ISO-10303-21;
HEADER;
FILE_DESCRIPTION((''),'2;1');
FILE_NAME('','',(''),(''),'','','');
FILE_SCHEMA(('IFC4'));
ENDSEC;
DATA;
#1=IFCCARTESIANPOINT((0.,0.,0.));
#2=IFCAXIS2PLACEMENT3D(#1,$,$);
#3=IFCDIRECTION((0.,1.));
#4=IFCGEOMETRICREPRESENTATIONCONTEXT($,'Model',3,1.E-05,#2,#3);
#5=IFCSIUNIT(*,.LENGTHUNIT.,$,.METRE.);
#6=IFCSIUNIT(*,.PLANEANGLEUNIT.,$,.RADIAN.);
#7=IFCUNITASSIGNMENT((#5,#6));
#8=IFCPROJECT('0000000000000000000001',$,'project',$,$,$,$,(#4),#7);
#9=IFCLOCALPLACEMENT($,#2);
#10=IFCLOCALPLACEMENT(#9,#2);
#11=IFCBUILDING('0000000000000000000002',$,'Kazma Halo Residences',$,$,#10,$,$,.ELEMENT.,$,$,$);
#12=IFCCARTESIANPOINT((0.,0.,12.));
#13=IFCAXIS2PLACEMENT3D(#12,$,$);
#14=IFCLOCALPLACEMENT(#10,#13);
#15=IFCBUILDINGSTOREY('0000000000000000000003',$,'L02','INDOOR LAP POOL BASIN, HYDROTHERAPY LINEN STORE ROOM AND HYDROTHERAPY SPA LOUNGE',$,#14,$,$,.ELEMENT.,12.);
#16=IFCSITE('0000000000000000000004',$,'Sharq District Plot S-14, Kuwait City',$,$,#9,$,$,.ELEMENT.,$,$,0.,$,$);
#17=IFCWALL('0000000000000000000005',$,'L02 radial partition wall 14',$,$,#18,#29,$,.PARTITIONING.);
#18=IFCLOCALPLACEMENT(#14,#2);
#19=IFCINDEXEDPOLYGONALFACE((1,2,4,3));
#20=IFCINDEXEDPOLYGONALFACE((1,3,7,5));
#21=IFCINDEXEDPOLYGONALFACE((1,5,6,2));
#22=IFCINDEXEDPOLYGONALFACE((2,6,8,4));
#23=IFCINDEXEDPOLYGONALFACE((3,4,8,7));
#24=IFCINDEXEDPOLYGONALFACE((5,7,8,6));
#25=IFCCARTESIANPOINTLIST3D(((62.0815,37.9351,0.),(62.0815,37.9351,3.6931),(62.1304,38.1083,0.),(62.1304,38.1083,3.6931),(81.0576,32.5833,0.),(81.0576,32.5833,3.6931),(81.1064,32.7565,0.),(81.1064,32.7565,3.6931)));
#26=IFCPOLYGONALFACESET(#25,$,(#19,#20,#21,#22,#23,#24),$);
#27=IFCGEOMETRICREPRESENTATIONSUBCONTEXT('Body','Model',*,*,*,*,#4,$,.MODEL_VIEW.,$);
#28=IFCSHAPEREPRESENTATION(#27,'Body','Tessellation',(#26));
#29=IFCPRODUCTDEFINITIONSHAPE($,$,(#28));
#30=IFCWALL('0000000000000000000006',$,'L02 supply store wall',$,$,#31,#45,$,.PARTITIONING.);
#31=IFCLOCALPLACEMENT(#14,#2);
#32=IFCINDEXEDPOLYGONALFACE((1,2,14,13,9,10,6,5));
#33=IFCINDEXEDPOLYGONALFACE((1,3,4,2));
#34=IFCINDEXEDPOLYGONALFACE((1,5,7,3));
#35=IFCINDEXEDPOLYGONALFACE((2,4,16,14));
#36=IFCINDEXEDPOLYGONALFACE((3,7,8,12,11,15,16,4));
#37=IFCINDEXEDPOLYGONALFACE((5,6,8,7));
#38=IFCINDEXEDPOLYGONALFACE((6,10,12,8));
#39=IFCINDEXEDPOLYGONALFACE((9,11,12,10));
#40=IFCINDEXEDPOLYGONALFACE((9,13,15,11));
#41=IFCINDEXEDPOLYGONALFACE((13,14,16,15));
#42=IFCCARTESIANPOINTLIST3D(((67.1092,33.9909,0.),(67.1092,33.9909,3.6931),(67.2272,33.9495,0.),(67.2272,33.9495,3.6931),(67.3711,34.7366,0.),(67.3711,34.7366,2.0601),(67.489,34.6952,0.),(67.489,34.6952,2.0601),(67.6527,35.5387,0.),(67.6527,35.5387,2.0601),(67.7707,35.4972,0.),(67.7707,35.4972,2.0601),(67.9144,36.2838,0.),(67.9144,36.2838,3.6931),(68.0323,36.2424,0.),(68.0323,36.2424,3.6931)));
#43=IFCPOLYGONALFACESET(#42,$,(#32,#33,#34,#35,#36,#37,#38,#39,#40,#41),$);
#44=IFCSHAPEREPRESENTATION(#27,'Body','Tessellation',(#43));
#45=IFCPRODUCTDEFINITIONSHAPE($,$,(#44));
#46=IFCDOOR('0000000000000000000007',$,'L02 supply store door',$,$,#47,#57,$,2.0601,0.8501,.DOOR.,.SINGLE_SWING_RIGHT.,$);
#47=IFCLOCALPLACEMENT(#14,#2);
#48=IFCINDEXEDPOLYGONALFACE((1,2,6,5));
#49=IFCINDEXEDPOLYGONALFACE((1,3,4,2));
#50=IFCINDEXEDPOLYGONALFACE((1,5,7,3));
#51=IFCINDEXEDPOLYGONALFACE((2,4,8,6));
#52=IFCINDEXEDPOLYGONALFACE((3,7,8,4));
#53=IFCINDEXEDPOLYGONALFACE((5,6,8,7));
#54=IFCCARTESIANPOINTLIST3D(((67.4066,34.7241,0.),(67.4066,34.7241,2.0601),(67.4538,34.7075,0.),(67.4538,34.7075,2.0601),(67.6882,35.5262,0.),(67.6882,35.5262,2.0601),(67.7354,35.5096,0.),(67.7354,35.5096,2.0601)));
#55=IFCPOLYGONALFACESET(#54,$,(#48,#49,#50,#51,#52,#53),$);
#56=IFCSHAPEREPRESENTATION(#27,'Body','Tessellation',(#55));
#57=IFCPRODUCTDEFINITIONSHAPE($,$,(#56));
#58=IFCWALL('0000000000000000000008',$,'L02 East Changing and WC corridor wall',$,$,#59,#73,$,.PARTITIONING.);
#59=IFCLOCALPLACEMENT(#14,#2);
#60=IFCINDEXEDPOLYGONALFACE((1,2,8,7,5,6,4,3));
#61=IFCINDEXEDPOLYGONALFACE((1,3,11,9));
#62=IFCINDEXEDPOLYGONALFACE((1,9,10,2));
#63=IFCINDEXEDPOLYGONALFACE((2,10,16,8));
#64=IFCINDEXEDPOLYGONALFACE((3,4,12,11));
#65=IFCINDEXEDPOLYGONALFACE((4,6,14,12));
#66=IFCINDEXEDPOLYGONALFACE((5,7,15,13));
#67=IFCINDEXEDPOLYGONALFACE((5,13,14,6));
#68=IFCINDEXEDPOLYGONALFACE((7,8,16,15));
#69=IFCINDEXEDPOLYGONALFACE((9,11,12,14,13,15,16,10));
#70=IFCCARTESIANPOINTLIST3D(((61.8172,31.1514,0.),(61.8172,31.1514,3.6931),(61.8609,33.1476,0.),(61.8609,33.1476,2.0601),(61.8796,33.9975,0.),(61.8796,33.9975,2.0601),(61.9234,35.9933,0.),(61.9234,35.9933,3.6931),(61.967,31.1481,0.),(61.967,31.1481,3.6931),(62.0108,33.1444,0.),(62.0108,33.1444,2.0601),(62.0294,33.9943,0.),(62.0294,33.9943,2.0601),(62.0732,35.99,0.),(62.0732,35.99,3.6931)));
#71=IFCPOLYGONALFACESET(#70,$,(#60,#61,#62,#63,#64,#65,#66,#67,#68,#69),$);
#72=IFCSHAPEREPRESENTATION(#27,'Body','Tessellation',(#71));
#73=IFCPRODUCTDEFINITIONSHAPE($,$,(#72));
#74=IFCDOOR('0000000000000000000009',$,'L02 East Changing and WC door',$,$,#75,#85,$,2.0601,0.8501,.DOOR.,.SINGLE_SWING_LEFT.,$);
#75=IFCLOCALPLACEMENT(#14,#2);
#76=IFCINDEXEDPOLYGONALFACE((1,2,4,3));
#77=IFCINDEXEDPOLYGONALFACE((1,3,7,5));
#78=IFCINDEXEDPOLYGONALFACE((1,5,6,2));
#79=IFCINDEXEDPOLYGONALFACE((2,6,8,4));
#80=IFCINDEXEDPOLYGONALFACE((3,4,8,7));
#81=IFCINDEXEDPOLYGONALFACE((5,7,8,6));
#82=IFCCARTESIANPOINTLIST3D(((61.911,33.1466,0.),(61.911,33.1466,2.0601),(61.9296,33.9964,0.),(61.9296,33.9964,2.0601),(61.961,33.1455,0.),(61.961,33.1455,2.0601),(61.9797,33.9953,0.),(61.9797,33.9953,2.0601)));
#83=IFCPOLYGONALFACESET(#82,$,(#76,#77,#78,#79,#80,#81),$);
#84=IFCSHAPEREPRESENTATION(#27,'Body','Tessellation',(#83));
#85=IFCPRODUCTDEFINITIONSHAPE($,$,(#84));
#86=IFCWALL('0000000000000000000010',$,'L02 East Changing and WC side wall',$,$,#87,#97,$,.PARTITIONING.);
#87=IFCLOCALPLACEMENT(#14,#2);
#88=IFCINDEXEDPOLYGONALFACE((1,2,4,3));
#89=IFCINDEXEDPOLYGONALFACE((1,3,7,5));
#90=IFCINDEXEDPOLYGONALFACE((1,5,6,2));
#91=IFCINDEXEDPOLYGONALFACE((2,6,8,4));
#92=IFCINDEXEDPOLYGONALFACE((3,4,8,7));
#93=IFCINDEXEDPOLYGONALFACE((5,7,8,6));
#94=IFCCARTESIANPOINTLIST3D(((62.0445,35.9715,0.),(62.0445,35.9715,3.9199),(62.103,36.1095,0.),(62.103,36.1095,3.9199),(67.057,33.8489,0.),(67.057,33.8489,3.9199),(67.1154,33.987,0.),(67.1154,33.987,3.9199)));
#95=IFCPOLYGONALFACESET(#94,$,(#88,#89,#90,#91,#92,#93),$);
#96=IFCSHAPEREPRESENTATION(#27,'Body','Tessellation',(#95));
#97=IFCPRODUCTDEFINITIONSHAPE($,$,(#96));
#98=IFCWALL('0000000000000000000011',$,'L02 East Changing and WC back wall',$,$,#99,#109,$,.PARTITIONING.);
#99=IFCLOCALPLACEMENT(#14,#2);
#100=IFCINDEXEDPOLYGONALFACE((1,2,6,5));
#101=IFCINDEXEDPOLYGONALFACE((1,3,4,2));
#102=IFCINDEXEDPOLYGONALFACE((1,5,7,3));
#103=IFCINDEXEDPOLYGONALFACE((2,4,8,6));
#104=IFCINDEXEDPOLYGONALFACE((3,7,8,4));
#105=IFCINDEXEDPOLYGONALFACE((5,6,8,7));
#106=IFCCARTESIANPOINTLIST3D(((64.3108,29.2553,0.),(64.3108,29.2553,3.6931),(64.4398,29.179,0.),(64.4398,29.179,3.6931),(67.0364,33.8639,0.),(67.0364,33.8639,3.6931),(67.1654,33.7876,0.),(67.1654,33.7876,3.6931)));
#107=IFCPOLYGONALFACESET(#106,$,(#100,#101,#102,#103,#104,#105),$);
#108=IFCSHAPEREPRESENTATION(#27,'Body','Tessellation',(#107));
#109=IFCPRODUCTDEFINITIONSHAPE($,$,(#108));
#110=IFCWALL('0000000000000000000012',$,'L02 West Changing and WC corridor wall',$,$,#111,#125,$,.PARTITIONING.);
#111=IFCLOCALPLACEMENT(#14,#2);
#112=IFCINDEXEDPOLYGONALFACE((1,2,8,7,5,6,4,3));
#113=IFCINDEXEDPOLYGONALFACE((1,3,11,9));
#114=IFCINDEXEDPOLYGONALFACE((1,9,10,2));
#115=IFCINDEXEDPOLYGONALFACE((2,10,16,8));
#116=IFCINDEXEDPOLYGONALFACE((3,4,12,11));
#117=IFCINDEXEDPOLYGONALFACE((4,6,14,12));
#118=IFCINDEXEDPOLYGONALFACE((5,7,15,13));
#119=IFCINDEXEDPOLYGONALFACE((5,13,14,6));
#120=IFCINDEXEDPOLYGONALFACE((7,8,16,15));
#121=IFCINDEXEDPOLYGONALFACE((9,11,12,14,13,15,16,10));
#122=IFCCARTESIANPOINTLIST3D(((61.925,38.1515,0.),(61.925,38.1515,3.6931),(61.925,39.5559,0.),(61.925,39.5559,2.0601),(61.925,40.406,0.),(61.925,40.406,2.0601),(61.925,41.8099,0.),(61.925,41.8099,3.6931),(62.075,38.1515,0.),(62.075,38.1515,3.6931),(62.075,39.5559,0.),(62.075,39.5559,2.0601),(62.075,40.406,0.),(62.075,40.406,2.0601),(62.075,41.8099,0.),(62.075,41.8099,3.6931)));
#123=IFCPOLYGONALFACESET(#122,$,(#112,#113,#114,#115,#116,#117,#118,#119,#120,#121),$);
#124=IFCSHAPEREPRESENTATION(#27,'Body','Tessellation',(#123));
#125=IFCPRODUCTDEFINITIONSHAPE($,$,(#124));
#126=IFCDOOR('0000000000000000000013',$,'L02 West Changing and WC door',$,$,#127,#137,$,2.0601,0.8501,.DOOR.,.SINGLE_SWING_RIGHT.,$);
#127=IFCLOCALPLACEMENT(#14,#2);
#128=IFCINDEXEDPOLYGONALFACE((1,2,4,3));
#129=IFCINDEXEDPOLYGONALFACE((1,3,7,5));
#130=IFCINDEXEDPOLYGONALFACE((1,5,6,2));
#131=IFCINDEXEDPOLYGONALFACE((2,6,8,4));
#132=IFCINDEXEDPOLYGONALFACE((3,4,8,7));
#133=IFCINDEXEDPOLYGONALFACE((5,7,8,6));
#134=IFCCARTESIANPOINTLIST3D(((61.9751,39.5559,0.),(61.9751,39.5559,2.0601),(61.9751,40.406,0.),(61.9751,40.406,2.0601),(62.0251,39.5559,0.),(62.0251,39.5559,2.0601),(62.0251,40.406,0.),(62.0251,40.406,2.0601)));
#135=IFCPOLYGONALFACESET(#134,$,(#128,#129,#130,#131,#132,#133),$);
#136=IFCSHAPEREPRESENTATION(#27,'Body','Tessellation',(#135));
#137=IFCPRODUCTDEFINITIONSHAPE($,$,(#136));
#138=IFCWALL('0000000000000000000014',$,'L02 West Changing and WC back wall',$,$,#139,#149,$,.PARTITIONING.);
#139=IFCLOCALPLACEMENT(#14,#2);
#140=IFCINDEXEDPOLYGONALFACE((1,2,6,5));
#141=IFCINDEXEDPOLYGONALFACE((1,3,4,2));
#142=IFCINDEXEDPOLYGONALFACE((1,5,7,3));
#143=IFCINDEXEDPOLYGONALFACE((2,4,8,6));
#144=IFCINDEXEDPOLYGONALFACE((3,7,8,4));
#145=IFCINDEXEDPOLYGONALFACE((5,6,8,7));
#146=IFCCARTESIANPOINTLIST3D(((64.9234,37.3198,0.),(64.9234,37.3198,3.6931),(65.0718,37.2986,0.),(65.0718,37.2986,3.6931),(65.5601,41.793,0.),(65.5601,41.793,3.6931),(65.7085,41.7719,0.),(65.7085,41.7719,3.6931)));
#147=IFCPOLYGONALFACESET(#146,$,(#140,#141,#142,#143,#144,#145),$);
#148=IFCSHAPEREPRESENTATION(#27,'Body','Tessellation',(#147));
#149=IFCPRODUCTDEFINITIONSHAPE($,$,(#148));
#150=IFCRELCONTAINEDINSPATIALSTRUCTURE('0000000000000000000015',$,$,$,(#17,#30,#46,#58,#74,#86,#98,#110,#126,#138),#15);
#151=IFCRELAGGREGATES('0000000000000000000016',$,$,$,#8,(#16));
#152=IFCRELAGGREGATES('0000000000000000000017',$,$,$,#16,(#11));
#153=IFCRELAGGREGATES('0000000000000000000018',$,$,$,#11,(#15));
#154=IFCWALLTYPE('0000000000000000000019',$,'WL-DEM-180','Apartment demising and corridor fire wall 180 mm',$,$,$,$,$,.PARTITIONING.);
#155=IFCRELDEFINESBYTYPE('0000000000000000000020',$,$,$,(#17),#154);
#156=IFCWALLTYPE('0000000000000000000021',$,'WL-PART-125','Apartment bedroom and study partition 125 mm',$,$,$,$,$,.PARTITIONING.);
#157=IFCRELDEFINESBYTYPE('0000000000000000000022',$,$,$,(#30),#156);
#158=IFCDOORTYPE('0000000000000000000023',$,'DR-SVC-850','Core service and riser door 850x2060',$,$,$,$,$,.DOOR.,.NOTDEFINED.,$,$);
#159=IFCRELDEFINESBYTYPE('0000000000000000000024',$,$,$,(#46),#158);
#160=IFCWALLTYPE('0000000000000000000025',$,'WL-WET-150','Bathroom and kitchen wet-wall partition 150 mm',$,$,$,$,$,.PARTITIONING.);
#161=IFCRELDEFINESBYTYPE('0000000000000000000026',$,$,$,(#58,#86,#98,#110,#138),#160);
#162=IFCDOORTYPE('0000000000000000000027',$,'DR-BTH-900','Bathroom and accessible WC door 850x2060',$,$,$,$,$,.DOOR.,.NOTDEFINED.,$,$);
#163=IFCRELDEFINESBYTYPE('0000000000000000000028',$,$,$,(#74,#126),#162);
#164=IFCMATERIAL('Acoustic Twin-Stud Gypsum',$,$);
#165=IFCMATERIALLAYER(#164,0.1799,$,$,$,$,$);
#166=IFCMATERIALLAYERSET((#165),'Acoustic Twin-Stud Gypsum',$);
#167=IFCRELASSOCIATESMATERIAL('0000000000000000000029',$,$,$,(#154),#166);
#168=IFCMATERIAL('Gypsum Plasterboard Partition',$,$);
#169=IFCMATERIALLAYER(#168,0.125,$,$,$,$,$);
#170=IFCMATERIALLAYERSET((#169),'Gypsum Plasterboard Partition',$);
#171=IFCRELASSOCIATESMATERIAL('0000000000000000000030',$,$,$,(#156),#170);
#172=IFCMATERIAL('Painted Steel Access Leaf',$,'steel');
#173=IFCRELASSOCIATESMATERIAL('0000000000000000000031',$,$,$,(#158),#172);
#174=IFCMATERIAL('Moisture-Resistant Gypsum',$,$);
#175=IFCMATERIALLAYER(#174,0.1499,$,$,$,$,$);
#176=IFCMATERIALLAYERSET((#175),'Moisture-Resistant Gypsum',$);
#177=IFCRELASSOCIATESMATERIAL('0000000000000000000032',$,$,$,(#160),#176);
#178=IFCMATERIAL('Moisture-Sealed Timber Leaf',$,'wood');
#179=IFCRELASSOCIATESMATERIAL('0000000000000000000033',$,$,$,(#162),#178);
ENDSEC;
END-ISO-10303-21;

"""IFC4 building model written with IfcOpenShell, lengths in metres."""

from ifc_helpers import new_model, si_unit, direction, frame, frame_2d, origin, place, context, subcontext, project, spatial, rectangle, extrude, material, layer, layer_set, type_object, element, fill, save


model = new_model("IFC4")

# Units and contexts
model_context = context("Model", 3, precision=1e-05, world=origin(), true_north=direction((0.0, 1.0)))
body_context = subcontext(model_context, "Body", "Model", "MODEL_VIEW")
ifc_project = project(units=[si_unit("LENGTHUNIT", "METRE"), si_unit("PLANEANGLEUNIT", "RADIAN")], contexts=[model_context])

# Site, building, storey
site_placement = place(None, origin())
site = spatial("IfcSite", under=ifc_project, at=site_placement, Name="Sharq District Plot S-14, Kuwait City", CompositionType="ELEMENT", RefElevation=0.0)
building_placement = place(site_placement, origin())
building = spatial("IfcBuilding", under=site, at=building_placement, Name="Kazma Halo Residences", CompositionType="ELEMENT")
storey_placement = place(building_placement, frame((0.0, 0.0, 12.0)))
storey = spatial("IfcBuildingStorey", under=building, at=storey_placement, Name="L02", Description="INDOOR LAP POOL BASIN, HYDROTHERAPY LINEN STORE ROOM AND HYDROTHERAPY SPA LOUNGE", CompositionType="ELEMENT", Elevation=12.0)

# Wall
ifc_material_1 = material(Name="Acoustic Twin-Stud Gypsum")
ifc_layer_1 = layer(ifc_material_1, 0.1799)
ifc_layer_set_1 = layer_set([ifc_layer_1], Name="Acoustic Twin-Stud Gypsum")
wall_type_1 = type_object("IfcWallType", Name="WL-DEM-180", Description="Apartment demising and corridor fire wall 180 mm", PredefinedType="PARTITIONING", material=ifc_layer_set_1)
wall_1_placement = place(storey_placement, frame((62.106, 38.0217, 0.0), z_axis=(0.0, 0.0, 1.0), x_axis=(0.962455, -0.27144, 0.0)))
element("IfcWall", 1, at=wall_1_placement, inside=storey, type_object=wall_type_1, Name="L02 radial partition wall 14", PredefinedType="PARTITIONING", context=body_context, shape_type="SweptSolid", body=[
    extrude(rectangle(XDim=19.7163, YDim=0.1799, at=frame_2d((9.8582, 0.0))), origin(), (0.0, 0.0, 1.0), 3.6931),
])

# Walls, openings, doors
ifc_material_2 = material(Name="Gypsum Plasterboard Partition")
ifc_layer_2 = layer(ifc_material_2, 0.125)
ifc_layer_set_2 = layer_set([ifc_layer_2], Name="Gypsum Plasterboard Partition")
wall_type_2 = type_object("IfcWallType", Name="WL-PART-125", Description="Apartment bedroom and study partition 125 mm", PredefinedType="PARTITIONING", material=ifc_layer_set_2)
wall_2_placement = place(storey_placement, frame((67.1682, 33.9702, 0.0), z_axis=(0.0, 0.0, 1.0), x_axis=(0.331317, 0.94352, 0.0)))
wall_2 = element("IfcWall", 2, at=wall_2_placement, inside=storey, type_object=wall_type_2, Name="L02 supply store wall", PredefinedType="PARTITIONING", context=body_context, shape_type="SweptSolid", body=[
    extrude(rectangle(XDim=2.4302, YDim=0.125, at=frame_2d((1.2151, 0.0))), origin(), (0.0, 0.0, 1.0), 3.6931),
])
opening_1_placement = place(wall_2_placement, frame((0.7903, 0.0, 0.0)))
opening_1 = element("IfcOpeningElement", 3, at=opening_1_placement, cuts=wall_2, PredefinedType="OPENING", context=body_context, shape_type="SweptSolid", body=[
    extrude(rectangle(XDim=0.8501, YDim=2.0601, at=frame_2d((0.425, 1.03))), frame((0.0, 0.0725, 0.0), z_axis=(0.0, -1.0, 0.0), x_axis=(1.0, 0.0, 0.0)), (0.0, 0.0, 1.0), 0.145),
])
ifc_material_3 = material(Name="Painted Steel Access Leaf", Category="steel")
door_type_1 = type_object("IfcDoorType", Name="DR-SVC-850", Description="Core service and riser door 850x2060", OperationType="NOTDEFINED", PredefinedType="DOOR", material=ifc_material_3)
door_1_placement = place(opening_1_placement, origin())
door_1 = element("IfcDoor", 4, at=door_1_placement, inside=storey, type_object=door_type_1, Name="L02 supply store door", OperationType="SINGLE_SWING_RIGHT", OverallHeight=2.0601, OverallWidth=0.8501, PredefinedType="DOOR", context=body_context, shape_type="SweptSolid", body=[
    extrude(rectangle(XDim=0.8501, YDim=2.0601, at=frame_2d((0.425, 1.03))), frame((0.0, 0.0249, 0.0), z_axis=(0.0, -1.0, 0.0), x_axis=(1.0, 0.0, 0.0)), (0.0, 0.0, 1.0), 0.05),
])
fill(opening_1, door_1)
ifc_material_4 = material(Name="Moisture-Resistant Gypsum")
ifc_layer_3 = layer(ifc_material_4, 0.1499)
ifc_layer_set_3 = layer_set([ifc_layer_3], Name="Moisture-Resistant Gypsum")
wall_type_3 = type_object("IfcWallType", Name="WL-WET-150", Description="Bathroom and kitchen wet-wall partition 150 mm", PredefinedType="PARTITIONING", material=ifc_layer_set_3)
wall_3_placement = place(storey_placement, frame((61.8921, 31.1499, 0.0), z_axis=(0.0, 0.0, 1.0), x_axis=(0.021929, 0.99976, 0.0)))
wall_3 = element("IfcWall", 5, at=wall_3_placement, inside=storey, type_object=wall_type_3, Name="L02 East Changing and WC corridor wall", PredefinedType="PARTITIONING", context=body_context, shape_type="SweptSolid", body=[
    extrude(rectangle(XDim=4.843, YDim=0.1499, at=frame_2d((2.4214, 0.0))), origin(), (0.0, 0.0, 1.0), 3.6931),
])
opening_2_placement = place(wall_3_placement, frame((1.9966, 0.0, 0.0)))
opening_2 = element("IfcOpeningElement", 6, at=opening_2_placement, cuts=wall_3, PredefinedType="OPENING", context=body_context, shape_type="SweptSolid", body=[
    extrude(rectangle(XDim=0.8501, YDim=2.0601, at=frame_2d((0.425, 1.03))), frame((0.0, 0.085, 0.0), z_axis=(0.0, -1.0, 0.0), x_axis=(1.0, 0.0, 0.0)), (0.0, 0.0, 1.0), 0.1699),
])
ifc_material_5 = material(Name="Moisture-Sealed Timber Leaf", Category="wood")
door_type_2 = type_object("IfcDoorType", Name="DR-BTH-900", Description="Bathroom and accessible WC door 850x2060", OperationType="NOTDEFINED", PredefinedType="DOOR", material=ifc_material_5)
door_2_placement = place(opening_2_placement, origin())
door_2 = element("IfcDoor", 7, at=door_2_placement, inside=storey, type_object=door_type_2, Name="L02 East Changing and WC door", OperationType="SINGLE_SWING_LEFT", OverallHeight=2.0601, OverallWidth=0.8501, PredefinedType="DOOR", context=body_context, shape_type="SweptSolid", body=[
    extrude(rectangle(XDim=0.8501, YDim=2.0601, at=frame_2d((0.425, 1.03))), frame((0.0, 0.0249, 0.0), z_axis=(0.0, -1.0, 0.0), x_axis=(1.0, 0.0, 0.0)), (0.0, 0.0, 1.0), 0.05),
])
fill(opening_2, door_2)

# Walls
wall_4_placement = place(storey_placement, frame((62.0737, 36.0405, 0.0), z_axis=(0.0, 0.0, 1.0), x_axis=(0.920842, -0.389937, 0.0)))
element("IfcWall", 8, at=wall_4_placement, inside=storey, type_object=wall_type_3, Name="L02 East Changing and WC side wall", PredefinedType="PARTITIONING", context=body_context, shape_type="SweptSolid", body=[
    extrude(rectangle(XDim=5.4434, YDim=0.1499, at=frame_2d((2.7217, 0.0))), origin(), (0.0, 0.0, 1.0), 3.9199),
])
wall_5_placement = place(storey_placement, frame((64.3752, 29.217, 0.0), z_axis=(0.0, 0.0, 1.0), x_axis=(0.509047, 0.860739, 0.0)))
element("IfcWall", 9, at=wall_5_placement, inside=storey, type_object=wall_type_3, Name="L02 East Changing and WC back wall", PredefinedType="PARTITIONING", context=body_context, shape_type="SweptSolid", body=[
    extrude(rectangle(XDim=5.3542, YDim=0.1499, at=frame_2d((2.6772, 0.0))), origin(), (0.0, 0.0, 1.0), 3.6931),
])

# Wall, opening, door
wall_6_placement = place(storey_placement, frame((62.0, 38.1516, 0.0), z_axis=(0.0, 0.0, 1.0), x_axis=(0.0, 1.0, 0.0)))
wall_6 = element("IfcWall", 10, at=wall_6_placement, inside=storey, type_object=wall_type_3, Name="L02 West Changing and WC corridor wall", PredefinedType="PARTITIONING", context=body_context, shape_type="SweptSolid", body=[
    extrude(rectangle(XDim=3.6584, YDim=0.1499, at=frame_2d((1.8291, 0.0))), origin(), (0.0, 0.0, 1.0), 3.6931),
])
opening_3_placement = place(wall_6_placement, frame((1.4043, 0.0, 0.0)))
opening_3 = element("IfcOpeningElement", 11, at=opening_3_placement, cuts=wall_6, PredefinedType="OPENING", context=body_context, shape_type="SweptSolid", body=[
    extrude(rectangle(XDim=0.8501, YDim=2.0601, at=frame_2d((0.425, 1.03))), frame((0.0, 0.085, 0.0), z_axis=(0.0, -1.0, 0.0), x_axis=(1.0, 0.0, 0.0)), (0.0, 0.0, 1.0), 0.1699),
])
door_3_placement = place(opening_3_placement, origin())
door_3 = element("IfcDoor", 12, at=door_3_placement, inside=storey, type_object=door_type_2, Name="L02 West Changing and WC door", OperationType="SINGLE_SWING_RIGHT", OverallHeight=2.0601, OverallWidth=0.8501, PredefinedType="DOOR", context=body_context, shape_type="SweptSolid", body=[
    extrude(rectangle(XDim=0.8501, YDim=2.0601, at=frame_2d((0.425, 1.03))), frame((0.0, 0.0249, 0.0), z_axis=(0.0, -1.0, 0.0), x_axis=(1.0, 0.0, 0.0)), (0.0, 0.0, 1.0), 0.05),
])
fill(opening_3, door_3)

# Wall
wall_7_placement = place(storey_placement, frame((64.9976, 37.3091, 0.0), z_axis=(0.0, 0.0, 1.0), x_axis=(0.140922, 0.990021, 0.0)))
element("IfcWall", 13, at=wall_7_placement, inside=storey, type_object=wall_type_3, Name="L02 West Changing and WC back wall", PredefinedType="PARTITIONING", context=body_context, shape_type="SweptSolid", body=[
    extrude(rectangle(XDim=4.5183, YDim=0.1499, at=frame_2d((2.2593, 0.0))), origin(), (0.0, 0.0, 1.0), 3.6931),
])

save(model, "model.ifc")
